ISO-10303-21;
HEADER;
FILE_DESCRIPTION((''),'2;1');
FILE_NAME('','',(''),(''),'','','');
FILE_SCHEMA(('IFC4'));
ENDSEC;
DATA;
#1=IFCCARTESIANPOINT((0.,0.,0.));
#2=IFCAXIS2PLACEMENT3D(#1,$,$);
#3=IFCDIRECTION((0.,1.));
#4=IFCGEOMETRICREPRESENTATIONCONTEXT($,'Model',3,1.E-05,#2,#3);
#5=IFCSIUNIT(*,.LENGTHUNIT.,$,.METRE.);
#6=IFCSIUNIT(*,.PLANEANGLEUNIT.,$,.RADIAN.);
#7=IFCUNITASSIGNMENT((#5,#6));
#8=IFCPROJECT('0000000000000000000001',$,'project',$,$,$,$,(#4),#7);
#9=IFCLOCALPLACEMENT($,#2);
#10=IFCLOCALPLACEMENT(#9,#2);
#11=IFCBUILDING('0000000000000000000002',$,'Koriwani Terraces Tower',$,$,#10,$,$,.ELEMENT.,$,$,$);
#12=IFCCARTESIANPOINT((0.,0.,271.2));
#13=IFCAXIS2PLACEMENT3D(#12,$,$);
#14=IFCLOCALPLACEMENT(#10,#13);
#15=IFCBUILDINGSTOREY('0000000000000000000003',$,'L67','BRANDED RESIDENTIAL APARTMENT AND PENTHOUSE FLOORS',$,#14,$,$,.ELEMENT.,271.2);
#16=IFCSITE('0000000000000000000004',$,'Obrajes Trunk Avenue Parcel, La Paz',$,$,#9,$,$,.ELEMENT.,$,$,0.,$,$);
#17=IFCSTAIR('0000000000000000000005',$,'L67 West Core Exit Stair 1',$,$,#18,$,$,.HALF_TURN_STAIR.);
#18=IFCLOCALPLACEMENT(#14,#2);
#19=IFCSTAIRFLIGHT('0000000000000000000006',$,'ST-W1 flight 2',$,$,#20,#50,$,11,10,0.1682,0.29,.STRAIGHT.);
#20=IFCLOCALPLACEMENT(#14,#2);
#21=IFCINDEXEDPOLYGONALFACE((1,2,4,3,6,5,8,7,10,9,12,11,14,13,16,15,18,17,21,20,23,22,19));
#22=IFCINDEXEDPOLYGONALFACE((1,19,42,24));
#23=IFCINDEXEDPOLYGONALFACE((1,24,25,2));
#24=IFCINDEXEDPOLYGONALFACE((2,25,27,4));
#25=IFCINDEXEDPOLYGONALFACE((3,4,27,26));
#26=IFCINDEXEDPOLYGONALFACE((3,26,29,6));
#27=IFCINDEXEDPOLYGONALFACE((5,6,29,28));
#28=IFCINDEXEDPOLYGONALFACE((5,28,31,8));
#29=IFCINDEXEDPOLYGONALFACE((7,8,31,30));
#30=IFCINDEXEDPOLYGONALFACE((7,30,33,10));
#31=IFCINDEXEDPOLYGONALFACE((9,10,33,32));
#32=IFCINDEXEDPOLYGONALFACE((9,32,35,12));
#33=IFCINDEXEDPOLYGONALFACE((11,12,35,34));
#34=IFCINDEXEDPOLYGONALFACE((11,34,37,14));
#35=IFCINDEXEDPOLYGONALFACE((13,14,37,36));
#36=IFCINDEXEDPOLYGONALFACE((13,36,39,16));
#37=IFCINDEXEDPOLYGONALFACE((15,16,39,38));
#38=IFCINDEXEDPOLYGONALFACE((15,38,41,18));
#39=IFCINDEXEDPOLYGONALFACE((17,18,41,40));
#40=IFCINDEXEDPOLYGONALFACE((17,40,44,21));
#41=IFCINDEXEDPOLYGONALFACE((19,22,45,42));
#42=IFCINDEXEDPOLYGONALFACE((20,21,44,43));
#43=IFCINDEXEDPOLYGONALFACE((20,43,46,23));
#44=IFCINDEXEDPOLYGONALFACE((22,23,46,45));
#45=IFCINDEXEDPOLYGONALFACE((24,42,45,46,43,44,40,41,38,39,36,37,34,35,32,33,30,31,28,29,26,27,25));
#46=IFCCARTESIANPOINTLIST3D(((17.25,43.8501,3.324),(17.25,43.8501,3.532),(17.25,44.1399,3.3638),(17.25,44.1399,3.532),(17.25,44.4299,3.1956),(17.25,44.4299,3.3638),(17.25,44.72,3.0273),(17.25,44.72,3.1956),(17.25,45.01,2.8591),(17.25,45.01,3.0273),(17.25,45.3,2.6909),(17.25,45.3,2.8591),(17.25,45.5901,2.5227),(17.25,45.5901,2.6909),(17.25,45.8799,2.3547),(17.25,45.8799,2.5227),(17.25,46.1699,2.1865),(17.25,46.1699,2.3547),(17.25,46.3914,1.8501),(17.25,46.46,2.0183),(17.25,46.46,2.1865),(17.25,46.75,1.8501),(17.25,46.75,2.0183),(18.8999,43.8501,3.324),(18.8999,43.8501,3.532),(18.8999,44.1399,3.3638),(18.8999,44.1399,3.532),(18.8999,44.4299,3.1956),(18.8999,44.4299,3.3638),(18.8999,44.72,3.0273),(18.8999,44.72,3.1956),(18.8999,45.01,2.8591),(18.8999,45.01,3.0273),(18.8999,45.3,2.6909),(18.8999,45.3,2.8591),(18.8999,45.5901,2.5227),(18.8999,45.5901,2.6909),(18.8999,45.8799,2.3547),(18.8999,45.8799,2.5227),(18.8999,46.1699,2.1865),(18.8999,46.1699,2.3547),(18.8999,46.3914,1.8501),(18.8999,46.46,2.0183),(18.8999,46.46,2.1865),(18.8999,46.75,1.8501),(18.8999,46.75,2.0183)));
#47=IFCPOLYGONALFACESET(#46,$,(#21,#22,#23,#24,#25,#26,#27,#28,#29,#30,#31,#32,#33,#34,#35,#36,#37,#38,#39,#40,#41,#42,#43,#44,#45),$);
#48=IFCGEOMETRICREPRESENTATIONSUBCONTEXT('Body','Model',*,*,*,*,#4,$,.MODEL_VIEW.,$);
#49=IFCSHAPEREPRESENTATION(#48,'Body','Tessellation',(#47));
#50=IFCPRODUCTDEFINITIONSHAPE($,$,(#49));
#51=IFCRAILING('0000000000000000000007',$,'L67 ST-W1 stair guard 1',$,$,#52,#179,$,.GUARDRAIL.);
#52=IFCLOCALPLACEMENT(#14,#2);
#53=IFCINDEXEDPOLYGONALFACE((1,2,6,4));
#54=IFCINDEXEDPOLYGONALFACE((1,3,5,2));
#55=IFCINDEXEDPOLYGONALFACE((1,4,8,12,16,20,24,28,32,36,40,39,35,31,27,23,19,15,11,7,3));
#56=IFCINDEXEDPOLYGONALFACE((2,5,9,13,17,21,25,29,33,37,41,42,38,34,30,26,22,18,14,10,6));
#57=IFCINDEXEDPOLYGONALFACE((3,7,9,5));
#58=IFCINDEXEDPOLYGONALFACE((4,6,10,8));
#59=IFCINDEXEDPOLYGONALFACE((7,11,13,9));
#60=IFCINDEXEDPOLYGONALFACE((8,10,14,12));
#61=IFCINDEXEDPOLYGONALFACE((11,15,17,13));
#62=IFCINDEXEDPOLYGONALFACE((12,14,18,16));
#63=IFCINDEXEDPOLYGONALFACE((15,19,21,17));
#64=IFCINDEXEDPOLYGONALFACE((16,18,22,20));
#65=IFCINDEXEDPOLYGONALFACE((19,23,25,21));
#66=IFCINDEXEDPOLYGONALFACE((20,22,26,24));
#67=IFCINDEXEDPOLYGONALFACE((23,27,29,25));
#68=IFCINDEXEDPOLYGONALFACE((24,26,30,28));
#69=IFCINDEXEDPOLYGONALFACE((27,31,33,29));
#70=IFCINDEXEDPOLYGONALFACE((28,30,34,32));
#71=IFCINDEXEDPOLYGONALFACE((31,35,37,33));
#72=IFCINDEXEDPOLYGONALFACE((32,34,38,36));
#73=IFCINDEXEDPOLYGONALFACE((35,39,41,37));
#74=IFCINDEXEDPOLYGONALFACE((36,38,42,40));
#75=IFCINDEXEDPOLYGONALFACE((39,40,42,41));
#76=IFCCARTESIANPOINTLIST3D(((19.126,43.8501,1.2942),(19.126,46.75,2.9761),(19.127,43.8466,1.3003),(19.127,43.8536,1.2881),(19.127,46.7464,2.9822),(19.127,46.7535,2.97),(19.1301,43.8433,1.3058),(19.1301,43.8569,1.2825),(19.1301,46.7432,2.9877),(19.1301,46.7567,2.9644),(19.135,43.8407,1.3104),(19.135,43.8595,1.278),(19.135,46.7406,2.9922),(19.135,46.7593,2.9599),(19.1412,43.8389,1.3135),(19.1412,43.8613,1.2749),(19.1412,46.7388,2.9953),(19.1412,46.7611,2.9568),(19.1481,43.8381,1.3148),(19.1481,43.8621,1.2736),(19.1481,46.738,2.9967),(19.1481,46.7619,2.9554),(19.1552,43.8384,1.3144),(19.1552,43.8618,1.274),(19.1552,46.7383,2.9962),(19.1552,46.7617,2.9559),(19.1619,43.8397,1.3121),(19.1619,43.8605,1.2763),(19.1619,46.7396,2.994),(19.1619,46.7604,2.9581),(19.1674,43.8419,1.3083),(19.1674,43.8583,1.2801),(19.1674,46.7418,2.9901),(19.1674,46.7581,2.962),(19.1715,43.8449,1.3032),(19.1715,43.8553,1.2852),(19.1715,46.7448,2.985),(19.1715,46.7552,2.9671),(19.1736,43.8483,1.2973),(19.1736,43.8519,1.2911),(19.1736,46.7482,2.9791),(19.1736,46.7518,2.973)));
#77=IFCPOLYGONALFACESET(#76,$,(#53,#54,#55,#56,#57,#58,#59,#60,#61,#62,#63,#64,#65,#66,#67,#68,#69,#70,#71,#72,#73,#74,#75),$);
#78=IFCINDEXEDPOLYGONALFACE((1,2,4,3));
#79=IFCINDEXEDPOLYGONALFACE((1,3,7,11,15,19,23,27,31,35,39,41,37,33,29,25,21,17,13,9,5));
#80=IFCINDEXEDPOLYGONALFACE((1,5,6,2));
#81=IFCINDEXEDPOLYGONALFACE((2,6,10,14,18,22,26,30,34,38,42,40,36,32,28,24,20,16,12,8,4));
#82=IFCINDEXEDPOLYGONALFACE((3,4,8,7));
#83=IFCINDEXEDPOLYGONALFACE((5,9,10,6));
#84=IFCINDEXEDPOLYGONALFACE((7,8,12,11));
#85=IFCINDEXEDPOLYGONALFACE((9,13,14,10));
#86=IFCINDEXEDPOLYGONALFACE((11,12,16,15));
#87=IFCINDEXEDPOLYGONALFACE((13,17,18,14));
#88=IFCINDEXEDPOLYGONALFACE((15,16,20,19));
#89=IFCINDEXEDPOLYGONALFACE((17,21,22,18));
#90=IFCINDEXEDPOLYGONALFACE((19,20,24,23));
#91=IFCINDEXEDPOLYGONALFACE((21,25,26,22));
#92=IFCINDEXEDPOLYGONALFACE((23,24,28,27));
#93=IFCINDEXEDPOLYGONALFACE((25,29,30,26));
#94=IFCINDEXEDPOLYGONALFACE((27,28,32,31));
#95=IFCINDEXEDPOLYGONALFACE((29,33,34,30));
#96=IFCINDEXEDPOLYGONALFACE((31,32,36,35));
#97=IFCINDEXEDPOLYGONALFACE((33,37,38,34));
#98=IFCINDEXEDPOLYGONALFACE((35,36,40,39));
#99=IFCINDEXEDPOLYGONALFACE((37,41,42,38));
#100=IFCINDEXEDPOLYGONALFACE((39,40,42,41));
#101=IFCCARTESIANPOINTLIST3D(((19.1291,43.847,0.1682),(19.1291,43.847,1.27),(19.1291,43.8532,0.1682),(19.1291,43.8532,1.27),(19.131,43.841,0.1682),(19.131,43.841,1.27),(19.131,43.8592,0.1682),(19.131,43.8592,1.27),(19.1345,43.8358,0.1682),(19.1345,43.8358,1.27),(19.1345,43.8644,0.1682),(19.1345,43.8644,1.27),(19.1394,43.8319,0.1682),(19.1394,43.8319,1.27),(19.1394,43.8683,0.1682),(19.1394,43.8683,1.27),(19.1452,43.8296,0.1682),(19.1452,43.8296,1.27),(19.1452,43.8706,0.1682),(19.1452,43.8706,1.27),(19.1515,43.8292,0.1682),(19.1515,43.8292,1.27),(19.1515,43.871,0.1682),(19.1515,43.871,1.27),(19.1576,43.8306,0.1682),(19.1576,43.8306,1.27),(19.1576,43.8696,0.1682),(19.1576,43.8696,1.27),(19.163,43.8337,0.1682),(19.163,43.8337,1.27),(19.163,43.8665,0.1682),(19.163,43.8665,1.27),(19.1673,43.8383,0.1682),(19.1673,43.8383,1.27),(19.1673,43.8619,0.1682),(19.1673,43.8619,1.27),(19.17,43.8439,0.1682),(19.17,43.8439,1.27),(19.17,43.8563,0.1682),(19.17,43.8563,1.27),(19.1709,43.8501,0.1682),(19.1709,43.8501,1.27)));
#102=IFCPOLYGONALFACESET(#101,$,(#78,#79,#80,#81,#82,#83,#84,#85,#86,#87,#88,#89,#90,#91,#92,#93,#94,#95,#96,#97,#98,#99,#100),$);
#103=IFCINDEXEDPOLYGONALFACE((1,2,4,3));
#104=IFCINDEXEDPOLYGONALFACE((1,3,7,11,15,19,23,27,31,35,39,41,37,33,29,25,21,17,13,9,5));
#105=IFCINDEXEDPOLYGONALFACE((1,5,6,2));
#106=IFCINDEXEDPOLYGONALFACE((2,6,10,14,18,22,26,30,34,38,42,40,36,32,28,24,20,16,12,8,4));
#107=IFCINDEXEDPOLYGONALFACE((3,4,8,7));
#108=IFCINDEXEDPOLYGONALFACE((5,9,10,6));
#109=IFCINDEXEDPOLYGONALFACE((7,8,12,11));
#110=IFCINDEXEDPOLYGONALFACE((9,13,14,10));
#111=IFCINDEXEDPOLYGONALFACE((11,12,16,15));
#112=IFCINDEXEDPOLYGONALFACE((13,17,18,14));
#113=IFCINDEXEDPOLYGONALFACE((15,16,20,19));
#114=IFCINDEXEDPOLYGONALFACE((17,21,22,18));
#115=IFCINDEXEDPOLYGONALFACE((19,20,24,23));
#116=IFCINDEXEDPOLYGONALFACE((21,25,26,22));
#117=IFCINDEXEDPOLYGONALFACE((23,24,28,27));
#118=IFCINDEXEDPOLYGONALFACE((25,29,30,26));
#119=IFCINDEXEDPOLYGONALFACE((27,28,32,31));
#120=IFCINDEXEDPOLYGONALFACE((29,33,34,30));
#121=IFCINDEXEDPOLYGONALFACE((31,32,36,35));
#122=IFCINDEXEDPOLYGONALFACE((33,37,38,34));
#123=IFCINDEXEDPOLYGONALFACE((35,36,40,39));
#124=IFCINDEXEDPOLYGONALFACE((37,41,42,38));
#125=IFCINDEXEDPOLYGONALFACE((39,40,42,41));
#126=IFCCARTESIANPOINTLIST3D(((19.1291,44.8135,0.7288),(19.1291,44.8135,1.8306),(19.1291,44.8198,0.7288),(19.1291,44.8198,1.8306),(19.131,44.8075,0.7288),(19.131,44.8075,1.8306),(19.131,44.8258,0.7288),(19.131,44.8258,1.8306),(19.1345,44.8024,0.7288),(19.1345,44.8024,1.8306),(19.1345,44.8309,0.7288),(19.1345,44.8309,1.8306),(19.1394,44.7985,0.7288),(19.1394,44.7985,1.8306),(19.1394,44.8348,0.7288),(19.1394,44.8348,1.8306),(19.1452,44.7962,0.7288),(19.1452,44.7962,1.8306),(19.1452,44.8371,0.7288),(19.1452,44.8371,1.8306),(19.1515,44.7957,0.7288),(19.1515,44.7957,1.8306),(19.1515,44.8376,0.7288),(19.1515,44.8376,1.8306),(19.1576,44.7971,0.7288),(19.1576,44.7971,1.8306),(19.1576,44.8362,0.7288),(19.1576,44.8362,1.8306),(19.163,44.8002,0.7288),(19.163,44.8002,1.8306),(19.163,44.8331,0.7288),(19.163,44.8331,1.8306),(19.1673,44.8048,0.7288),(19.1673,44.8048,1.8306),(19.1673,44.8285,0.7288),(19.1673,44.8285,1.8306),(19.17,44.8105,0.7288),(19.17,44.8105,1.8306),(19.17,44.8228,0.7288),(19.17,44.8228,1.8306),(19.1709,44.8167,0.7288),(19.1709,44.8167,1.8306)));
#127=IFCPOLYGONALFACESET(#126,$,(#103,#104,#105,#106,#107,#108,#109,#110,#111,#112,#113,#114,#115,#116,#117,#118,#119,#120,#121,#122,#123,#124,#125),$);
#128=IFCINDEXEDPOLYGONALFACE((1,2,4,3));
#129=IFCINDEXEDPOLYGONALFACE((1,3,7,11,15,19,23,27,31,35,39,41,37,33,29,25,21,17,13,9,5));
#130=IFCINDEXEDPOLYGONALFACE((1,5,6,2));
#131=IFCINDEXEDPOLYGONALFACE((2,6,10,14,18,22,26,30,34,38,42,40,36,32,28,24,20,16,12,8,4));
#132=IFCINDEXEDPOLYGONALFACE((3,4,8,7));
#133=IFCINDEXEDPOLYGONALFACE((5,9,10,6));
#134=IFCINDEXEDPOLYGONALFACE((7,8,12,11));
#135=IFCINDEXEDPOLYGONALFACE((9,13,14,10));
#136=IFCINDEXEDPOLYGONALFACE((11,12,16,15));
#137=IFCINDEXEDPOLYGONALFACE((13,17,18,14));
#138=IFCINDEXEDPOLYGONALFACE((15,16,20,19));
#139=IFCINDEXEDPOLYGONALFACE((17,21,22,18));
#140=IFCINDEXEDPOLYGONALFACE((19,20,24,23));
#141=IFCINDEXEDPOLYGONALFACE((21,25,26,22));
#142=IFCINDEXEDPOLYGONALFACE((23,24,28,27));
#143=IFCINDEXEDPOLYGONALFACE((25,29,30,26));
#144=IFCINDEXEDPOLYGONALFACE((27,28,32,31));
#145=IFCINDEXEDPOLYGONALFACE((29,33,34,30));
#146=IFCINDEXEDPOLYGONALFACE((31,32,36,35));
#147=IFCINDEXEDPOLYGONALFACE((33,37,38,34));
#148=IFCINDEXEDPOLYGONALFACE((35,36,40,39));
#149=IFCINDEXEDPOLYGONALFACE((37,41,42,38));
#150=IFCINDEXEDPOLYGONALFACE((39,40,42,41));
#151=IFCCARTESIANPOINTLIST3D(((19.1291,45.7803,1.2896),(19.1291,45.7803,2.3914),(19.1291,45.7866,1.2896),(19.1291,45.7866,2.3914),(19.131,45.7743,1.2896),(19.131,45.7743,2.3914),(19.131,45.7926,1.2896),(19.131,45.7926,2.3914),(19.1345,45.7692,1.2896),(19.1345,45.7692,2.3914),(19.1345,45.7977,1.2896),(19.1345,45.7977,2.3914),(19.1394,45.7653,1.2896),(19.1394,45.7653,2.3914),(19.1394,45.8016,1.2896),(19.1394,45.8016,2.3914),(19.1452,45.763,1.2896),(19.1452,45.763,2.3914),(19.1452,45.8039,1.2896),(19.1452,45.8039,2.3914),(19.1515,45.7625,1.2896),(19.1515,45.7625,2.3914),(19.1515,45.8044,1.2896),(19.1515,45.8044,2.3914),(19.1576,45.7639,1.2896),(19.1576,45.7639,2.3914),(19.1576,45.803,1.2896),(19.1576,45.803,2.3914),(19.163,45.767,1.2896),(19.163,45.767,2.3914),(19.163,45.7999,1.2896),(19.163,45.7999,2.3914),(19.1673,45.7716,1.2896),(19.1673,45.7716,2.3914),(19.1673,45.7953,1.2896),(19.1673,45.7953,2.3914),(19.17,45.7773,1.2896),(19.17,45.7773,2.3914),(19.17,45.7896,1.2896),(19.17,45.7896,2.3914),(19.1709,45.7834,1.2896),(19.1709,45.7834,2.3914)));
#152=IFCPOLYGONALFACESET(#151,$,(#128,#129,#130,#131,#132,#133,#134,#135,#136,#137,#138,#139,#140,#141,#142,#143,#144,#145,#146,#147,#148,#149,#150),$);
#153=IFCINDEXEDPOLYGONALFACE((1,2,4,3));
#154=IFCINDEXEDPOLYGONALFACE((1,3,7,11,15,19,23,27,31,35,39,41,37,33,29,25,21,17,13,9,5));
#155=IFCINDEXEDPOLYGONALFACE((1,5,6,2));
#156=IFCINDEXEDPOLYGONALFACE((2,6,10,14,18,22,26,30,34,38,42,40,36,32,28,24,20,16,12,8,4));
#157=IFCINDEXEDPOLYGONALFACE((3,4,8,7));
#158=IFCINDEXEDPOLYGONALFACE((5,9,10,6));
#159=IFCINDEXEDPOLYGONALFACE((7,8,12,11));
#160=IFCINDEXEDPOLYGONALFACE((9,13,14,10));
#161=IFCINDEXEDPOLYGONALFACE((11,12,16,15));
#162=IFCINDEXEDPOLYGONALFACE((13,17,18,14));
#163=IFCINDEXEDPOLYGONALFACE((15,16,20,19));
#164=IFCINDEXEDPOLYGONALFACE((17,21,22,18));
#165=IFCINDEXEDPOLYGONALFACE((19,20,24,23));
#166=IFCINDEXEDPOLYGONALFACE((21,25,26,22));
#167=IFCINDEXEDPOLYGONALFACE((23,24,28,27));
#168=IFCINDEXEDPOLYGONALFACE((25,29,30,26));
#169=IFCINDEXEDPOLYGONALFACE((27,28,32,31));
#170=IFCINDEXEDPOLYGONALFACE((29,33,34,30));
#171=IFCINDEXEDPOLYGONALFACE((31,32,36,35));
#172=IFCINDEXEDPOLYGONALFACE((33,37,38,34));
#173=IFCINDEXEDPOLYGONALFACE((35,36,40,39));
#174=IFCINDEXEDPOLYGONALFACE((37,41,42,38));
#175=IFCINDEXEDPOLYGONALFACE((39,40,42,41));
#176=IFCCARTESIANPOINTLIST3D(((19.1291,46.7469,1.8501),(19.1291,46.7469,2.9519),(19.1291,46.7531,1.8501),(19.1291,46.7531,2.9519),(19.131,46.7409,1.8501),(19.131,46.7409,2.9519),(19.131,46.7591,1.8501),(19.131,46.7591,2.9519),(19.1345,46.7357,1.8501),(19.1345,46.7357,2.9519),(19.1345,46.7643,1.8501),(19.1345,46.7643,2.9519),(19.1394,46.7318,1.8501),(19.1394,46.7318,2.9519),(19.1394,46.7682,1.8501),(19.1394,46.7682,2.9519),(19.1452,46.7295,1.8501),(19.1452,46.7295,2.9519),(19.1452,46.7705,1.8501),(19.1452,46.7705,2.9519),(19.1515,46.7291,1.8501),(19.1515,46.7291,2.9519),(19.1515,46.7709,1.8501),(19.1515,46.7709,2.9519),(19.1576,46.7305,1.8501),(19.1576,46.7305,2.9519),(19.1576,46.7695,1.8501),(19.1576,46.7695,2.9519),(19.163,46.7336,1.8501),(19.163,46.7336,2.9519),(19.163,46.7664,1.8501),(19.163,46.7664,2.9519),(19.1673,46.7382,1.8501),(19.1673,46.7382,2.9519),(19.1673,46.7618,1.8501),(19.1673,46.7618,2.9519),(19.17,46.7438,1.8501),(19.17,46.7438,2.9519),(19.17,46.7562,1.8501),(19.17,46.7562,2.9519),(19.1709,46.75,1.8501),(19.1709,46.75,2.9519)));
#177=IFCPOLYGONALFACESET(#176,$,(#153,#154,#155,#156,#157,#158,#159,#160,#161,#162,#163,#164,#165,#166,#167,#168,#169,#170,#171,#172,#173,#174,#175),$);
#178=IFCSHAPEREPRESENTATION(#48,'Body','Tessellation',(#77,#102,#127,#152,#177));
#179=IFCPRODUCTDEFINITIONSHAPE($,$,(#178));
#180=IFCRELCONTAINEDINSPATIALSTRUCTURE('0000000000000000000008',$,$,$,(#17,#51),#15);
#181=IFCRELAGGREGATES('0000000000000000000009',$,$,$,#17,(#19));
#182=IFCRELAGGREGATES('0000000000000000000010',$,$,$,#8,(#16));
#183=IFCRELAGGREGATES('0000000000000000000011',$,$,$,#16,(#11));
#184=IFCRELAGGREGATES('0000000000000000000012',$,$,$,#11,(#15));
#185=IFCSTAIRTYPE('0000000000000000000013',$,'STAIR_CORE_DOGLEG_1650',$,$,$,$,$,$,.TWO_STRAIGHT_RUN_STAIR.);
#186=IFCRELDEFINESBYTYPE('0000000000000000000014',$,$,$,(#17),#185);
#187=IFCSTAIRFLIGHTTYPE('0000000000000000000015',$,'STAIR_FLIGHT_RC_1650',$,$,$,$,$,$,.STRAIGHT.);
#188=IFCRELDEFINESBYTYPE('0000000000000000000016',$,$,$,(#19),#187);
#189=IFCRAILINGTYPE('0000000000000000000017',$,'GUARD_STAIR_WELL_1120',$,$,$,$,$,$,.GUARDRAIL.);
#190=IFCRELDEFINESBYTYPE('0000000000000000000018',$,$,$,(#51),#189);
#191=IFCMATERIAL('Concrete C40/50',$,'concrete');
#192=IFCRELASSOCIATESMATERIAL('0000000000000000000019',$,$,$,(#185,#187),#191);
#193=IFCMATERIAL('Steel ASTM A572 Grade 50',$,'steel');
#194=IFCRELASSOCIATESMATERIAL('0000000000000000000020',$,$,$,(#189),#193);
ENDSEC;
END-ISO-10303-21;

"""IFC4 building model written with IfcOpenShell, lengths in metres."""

from ifc_helpers import new_model, si_unit, direction, frame, origin, origin_2d, place, context, subcontext, project, spatial, polyline, circle, outline, extrude, material, type_object, element, aggregate, save


model = new_model("IFC4")

# Units and contexts
model_context = context("Model", 3, precision=1e-05, world=origin(), true_north=direction((0.0, 1.0)))
body_context = subcontext(model_context, "Body", "Model", "MODEL_VIEW")
ifc_project = project(units=[si_unit("LENGTHUNIT", "METRE"), si_unit("PLANEANGLEUNIT", "RADIAN")], contexts=[model_context])

# Site, building, storey
site_placement = place(None, origin())
site = spatial("IfcSite", under=ifc_project, at=site_placement, Name="Obrajes Trunk Avenue Parcel, La Paz", CompositionType="ELEMENT", RefElevation=0.0)
building_placement = place(site_placement, origin())
building = spatial("IfcBuilding", under=site, at=building_placement, Name="Koriwani Terraces Tower", CompositionType="ELEMENT")
storey_placement = place(building_placement, frame((0.0, 0.0, 271.2)))
storey = spatial("IfcBuildingStorey", under=building, at=storey_placement, Name="L67", Description="BRANDED RESIDENTIAL APARTMENT AND PENTHOUSE FLOORS", CompositionType="ELEMENT", Elevation=271.2)

# Shared definitions
ifc_material_1 = material(Name="Concrete C40/50", Category="concrete")
ifc_material_2 = material(Name="Steel ASTM A572 Grade 50", Category="steel")

# Stair, stair flight
stair_type = type_object("IfcStairType", Name="STAIR_CORE_DOGLEG_1650", PredefinedType="TWO_STRAIGHT_RUN_STAIR", material=ifc_material_1)
stair_placement = place(storey_placement, origin())
stair = element("IfcStair", 1, at=stair_placement, inside=storey, type_object=stair_type, Name="L67 West Core Exit Stair 1", PredefinedType="HALF_TURN_STAIR")
stair_flight_type = type_object("IfcStairFlightType", Name="STAIR_FLIGHT_RC_1650", PredefinedType="STRAIGHT", material=ifc_material_1)
stair_flight_placement = place(storey_placement, frame((18.075, 46.75, 1.8501), z_axis=(0.0, 0.0, 1.0), x_axis=(0.0, -1.0, 0.0)))
stair_flight = element("IfcStairFlight", 2, at=stair_flight_placement, type_object=stair_flight_type, Name="ST-W1 flight 2", NumberOfRisers=11, NumberOfTreads=10, PredefinedType="STRAIGHT", RiserHeight=0.1682, TreadLength=0.29, context=body_context, shape_type="SweptSolid", body=[
    extrude(outline(polyline([(0.0, 0.0), (0.0, 0.1682), (0.29, 0.1682), (0.29, 0.3364), (0.5801, 0.3364), (0.5801, 0.5046), (0.8701, 0.5046), (0.8701, 0.6726), (1.1599, 0.6726), (1.1599, 0.8408), (1.45, 0.8408), (1.45, 1.009), (1.74, 1.009), (1.74, 1.1772), (2.03, 1.1772), (2.03, 1.3455), (2.3201, 1.3455), (2.3201, 1.5137), (2.6101, 1.5137), (2.6101, 1.6819), (2.8999, 1.6819), (2.8999, 1.8501), (2.8999, 1.4739), (0.3586, 0.0), (0.0, 0.0)])), frame((0.0, 0.825, 0.0), z_axis=(0.0, -1.0, 0.0), x_axis=(1.0, 0.0, 0.0)), (0.0, 0.0, 1.0), 1.6499),
])
aggregate(stair, [stair_flight])

# Railing
railing_type_1 = type_object("IfcRailingType", Name="GUARD_STAIR_WELL_1120", PredefinedType="GUARDRAIL", material=ifc_material_2)
railing_1_placement = place(storey_placement, frame((19.1499, 43.8501, 0.1682)))
element("IfcRailing", 3, at=railing_1_placement, inside=storey, type_object=railing_type_1, Name="L67 ST-W1 stair guard 1", PredefinedType="GUARDRAIL", context=body_context, shape_type="SweptSolid", body=[
    extrude(circle(Radius=0.0239, at=origin_2d()), frame((0.0, 0.0, 1.126), z_axis=(0.0, 0.865039, 0.501705), x_axis=(-1.0, 0.0, 0.0)), (0.0, 0.0, 1.0), 3.3523),
    extrude(circle(Radius=0.021, at=origin_2d()), origin(), (0.0, 0.0, 1.0), 1.1018),
    extrude(circle(Radius=0.021, at=origin_2d()), frame((0.0, 0.9666, 0.5605)), (0.0, 0.0, 1.0), 1.1018),
    extrude(circle(Radius=0.021, at=origin_2d()), frame((0.0, 1.9333, 1.1213)), (0.0, 0.0, 1.0), 1.1018),
    extrude(circle(Radius=0.021, at=origin_2d()), frame((0.0, 2.8999, 1.6819)), (0.0, 0.0, 1.0), 1.1018),
])

save(model, "model.ifc")
